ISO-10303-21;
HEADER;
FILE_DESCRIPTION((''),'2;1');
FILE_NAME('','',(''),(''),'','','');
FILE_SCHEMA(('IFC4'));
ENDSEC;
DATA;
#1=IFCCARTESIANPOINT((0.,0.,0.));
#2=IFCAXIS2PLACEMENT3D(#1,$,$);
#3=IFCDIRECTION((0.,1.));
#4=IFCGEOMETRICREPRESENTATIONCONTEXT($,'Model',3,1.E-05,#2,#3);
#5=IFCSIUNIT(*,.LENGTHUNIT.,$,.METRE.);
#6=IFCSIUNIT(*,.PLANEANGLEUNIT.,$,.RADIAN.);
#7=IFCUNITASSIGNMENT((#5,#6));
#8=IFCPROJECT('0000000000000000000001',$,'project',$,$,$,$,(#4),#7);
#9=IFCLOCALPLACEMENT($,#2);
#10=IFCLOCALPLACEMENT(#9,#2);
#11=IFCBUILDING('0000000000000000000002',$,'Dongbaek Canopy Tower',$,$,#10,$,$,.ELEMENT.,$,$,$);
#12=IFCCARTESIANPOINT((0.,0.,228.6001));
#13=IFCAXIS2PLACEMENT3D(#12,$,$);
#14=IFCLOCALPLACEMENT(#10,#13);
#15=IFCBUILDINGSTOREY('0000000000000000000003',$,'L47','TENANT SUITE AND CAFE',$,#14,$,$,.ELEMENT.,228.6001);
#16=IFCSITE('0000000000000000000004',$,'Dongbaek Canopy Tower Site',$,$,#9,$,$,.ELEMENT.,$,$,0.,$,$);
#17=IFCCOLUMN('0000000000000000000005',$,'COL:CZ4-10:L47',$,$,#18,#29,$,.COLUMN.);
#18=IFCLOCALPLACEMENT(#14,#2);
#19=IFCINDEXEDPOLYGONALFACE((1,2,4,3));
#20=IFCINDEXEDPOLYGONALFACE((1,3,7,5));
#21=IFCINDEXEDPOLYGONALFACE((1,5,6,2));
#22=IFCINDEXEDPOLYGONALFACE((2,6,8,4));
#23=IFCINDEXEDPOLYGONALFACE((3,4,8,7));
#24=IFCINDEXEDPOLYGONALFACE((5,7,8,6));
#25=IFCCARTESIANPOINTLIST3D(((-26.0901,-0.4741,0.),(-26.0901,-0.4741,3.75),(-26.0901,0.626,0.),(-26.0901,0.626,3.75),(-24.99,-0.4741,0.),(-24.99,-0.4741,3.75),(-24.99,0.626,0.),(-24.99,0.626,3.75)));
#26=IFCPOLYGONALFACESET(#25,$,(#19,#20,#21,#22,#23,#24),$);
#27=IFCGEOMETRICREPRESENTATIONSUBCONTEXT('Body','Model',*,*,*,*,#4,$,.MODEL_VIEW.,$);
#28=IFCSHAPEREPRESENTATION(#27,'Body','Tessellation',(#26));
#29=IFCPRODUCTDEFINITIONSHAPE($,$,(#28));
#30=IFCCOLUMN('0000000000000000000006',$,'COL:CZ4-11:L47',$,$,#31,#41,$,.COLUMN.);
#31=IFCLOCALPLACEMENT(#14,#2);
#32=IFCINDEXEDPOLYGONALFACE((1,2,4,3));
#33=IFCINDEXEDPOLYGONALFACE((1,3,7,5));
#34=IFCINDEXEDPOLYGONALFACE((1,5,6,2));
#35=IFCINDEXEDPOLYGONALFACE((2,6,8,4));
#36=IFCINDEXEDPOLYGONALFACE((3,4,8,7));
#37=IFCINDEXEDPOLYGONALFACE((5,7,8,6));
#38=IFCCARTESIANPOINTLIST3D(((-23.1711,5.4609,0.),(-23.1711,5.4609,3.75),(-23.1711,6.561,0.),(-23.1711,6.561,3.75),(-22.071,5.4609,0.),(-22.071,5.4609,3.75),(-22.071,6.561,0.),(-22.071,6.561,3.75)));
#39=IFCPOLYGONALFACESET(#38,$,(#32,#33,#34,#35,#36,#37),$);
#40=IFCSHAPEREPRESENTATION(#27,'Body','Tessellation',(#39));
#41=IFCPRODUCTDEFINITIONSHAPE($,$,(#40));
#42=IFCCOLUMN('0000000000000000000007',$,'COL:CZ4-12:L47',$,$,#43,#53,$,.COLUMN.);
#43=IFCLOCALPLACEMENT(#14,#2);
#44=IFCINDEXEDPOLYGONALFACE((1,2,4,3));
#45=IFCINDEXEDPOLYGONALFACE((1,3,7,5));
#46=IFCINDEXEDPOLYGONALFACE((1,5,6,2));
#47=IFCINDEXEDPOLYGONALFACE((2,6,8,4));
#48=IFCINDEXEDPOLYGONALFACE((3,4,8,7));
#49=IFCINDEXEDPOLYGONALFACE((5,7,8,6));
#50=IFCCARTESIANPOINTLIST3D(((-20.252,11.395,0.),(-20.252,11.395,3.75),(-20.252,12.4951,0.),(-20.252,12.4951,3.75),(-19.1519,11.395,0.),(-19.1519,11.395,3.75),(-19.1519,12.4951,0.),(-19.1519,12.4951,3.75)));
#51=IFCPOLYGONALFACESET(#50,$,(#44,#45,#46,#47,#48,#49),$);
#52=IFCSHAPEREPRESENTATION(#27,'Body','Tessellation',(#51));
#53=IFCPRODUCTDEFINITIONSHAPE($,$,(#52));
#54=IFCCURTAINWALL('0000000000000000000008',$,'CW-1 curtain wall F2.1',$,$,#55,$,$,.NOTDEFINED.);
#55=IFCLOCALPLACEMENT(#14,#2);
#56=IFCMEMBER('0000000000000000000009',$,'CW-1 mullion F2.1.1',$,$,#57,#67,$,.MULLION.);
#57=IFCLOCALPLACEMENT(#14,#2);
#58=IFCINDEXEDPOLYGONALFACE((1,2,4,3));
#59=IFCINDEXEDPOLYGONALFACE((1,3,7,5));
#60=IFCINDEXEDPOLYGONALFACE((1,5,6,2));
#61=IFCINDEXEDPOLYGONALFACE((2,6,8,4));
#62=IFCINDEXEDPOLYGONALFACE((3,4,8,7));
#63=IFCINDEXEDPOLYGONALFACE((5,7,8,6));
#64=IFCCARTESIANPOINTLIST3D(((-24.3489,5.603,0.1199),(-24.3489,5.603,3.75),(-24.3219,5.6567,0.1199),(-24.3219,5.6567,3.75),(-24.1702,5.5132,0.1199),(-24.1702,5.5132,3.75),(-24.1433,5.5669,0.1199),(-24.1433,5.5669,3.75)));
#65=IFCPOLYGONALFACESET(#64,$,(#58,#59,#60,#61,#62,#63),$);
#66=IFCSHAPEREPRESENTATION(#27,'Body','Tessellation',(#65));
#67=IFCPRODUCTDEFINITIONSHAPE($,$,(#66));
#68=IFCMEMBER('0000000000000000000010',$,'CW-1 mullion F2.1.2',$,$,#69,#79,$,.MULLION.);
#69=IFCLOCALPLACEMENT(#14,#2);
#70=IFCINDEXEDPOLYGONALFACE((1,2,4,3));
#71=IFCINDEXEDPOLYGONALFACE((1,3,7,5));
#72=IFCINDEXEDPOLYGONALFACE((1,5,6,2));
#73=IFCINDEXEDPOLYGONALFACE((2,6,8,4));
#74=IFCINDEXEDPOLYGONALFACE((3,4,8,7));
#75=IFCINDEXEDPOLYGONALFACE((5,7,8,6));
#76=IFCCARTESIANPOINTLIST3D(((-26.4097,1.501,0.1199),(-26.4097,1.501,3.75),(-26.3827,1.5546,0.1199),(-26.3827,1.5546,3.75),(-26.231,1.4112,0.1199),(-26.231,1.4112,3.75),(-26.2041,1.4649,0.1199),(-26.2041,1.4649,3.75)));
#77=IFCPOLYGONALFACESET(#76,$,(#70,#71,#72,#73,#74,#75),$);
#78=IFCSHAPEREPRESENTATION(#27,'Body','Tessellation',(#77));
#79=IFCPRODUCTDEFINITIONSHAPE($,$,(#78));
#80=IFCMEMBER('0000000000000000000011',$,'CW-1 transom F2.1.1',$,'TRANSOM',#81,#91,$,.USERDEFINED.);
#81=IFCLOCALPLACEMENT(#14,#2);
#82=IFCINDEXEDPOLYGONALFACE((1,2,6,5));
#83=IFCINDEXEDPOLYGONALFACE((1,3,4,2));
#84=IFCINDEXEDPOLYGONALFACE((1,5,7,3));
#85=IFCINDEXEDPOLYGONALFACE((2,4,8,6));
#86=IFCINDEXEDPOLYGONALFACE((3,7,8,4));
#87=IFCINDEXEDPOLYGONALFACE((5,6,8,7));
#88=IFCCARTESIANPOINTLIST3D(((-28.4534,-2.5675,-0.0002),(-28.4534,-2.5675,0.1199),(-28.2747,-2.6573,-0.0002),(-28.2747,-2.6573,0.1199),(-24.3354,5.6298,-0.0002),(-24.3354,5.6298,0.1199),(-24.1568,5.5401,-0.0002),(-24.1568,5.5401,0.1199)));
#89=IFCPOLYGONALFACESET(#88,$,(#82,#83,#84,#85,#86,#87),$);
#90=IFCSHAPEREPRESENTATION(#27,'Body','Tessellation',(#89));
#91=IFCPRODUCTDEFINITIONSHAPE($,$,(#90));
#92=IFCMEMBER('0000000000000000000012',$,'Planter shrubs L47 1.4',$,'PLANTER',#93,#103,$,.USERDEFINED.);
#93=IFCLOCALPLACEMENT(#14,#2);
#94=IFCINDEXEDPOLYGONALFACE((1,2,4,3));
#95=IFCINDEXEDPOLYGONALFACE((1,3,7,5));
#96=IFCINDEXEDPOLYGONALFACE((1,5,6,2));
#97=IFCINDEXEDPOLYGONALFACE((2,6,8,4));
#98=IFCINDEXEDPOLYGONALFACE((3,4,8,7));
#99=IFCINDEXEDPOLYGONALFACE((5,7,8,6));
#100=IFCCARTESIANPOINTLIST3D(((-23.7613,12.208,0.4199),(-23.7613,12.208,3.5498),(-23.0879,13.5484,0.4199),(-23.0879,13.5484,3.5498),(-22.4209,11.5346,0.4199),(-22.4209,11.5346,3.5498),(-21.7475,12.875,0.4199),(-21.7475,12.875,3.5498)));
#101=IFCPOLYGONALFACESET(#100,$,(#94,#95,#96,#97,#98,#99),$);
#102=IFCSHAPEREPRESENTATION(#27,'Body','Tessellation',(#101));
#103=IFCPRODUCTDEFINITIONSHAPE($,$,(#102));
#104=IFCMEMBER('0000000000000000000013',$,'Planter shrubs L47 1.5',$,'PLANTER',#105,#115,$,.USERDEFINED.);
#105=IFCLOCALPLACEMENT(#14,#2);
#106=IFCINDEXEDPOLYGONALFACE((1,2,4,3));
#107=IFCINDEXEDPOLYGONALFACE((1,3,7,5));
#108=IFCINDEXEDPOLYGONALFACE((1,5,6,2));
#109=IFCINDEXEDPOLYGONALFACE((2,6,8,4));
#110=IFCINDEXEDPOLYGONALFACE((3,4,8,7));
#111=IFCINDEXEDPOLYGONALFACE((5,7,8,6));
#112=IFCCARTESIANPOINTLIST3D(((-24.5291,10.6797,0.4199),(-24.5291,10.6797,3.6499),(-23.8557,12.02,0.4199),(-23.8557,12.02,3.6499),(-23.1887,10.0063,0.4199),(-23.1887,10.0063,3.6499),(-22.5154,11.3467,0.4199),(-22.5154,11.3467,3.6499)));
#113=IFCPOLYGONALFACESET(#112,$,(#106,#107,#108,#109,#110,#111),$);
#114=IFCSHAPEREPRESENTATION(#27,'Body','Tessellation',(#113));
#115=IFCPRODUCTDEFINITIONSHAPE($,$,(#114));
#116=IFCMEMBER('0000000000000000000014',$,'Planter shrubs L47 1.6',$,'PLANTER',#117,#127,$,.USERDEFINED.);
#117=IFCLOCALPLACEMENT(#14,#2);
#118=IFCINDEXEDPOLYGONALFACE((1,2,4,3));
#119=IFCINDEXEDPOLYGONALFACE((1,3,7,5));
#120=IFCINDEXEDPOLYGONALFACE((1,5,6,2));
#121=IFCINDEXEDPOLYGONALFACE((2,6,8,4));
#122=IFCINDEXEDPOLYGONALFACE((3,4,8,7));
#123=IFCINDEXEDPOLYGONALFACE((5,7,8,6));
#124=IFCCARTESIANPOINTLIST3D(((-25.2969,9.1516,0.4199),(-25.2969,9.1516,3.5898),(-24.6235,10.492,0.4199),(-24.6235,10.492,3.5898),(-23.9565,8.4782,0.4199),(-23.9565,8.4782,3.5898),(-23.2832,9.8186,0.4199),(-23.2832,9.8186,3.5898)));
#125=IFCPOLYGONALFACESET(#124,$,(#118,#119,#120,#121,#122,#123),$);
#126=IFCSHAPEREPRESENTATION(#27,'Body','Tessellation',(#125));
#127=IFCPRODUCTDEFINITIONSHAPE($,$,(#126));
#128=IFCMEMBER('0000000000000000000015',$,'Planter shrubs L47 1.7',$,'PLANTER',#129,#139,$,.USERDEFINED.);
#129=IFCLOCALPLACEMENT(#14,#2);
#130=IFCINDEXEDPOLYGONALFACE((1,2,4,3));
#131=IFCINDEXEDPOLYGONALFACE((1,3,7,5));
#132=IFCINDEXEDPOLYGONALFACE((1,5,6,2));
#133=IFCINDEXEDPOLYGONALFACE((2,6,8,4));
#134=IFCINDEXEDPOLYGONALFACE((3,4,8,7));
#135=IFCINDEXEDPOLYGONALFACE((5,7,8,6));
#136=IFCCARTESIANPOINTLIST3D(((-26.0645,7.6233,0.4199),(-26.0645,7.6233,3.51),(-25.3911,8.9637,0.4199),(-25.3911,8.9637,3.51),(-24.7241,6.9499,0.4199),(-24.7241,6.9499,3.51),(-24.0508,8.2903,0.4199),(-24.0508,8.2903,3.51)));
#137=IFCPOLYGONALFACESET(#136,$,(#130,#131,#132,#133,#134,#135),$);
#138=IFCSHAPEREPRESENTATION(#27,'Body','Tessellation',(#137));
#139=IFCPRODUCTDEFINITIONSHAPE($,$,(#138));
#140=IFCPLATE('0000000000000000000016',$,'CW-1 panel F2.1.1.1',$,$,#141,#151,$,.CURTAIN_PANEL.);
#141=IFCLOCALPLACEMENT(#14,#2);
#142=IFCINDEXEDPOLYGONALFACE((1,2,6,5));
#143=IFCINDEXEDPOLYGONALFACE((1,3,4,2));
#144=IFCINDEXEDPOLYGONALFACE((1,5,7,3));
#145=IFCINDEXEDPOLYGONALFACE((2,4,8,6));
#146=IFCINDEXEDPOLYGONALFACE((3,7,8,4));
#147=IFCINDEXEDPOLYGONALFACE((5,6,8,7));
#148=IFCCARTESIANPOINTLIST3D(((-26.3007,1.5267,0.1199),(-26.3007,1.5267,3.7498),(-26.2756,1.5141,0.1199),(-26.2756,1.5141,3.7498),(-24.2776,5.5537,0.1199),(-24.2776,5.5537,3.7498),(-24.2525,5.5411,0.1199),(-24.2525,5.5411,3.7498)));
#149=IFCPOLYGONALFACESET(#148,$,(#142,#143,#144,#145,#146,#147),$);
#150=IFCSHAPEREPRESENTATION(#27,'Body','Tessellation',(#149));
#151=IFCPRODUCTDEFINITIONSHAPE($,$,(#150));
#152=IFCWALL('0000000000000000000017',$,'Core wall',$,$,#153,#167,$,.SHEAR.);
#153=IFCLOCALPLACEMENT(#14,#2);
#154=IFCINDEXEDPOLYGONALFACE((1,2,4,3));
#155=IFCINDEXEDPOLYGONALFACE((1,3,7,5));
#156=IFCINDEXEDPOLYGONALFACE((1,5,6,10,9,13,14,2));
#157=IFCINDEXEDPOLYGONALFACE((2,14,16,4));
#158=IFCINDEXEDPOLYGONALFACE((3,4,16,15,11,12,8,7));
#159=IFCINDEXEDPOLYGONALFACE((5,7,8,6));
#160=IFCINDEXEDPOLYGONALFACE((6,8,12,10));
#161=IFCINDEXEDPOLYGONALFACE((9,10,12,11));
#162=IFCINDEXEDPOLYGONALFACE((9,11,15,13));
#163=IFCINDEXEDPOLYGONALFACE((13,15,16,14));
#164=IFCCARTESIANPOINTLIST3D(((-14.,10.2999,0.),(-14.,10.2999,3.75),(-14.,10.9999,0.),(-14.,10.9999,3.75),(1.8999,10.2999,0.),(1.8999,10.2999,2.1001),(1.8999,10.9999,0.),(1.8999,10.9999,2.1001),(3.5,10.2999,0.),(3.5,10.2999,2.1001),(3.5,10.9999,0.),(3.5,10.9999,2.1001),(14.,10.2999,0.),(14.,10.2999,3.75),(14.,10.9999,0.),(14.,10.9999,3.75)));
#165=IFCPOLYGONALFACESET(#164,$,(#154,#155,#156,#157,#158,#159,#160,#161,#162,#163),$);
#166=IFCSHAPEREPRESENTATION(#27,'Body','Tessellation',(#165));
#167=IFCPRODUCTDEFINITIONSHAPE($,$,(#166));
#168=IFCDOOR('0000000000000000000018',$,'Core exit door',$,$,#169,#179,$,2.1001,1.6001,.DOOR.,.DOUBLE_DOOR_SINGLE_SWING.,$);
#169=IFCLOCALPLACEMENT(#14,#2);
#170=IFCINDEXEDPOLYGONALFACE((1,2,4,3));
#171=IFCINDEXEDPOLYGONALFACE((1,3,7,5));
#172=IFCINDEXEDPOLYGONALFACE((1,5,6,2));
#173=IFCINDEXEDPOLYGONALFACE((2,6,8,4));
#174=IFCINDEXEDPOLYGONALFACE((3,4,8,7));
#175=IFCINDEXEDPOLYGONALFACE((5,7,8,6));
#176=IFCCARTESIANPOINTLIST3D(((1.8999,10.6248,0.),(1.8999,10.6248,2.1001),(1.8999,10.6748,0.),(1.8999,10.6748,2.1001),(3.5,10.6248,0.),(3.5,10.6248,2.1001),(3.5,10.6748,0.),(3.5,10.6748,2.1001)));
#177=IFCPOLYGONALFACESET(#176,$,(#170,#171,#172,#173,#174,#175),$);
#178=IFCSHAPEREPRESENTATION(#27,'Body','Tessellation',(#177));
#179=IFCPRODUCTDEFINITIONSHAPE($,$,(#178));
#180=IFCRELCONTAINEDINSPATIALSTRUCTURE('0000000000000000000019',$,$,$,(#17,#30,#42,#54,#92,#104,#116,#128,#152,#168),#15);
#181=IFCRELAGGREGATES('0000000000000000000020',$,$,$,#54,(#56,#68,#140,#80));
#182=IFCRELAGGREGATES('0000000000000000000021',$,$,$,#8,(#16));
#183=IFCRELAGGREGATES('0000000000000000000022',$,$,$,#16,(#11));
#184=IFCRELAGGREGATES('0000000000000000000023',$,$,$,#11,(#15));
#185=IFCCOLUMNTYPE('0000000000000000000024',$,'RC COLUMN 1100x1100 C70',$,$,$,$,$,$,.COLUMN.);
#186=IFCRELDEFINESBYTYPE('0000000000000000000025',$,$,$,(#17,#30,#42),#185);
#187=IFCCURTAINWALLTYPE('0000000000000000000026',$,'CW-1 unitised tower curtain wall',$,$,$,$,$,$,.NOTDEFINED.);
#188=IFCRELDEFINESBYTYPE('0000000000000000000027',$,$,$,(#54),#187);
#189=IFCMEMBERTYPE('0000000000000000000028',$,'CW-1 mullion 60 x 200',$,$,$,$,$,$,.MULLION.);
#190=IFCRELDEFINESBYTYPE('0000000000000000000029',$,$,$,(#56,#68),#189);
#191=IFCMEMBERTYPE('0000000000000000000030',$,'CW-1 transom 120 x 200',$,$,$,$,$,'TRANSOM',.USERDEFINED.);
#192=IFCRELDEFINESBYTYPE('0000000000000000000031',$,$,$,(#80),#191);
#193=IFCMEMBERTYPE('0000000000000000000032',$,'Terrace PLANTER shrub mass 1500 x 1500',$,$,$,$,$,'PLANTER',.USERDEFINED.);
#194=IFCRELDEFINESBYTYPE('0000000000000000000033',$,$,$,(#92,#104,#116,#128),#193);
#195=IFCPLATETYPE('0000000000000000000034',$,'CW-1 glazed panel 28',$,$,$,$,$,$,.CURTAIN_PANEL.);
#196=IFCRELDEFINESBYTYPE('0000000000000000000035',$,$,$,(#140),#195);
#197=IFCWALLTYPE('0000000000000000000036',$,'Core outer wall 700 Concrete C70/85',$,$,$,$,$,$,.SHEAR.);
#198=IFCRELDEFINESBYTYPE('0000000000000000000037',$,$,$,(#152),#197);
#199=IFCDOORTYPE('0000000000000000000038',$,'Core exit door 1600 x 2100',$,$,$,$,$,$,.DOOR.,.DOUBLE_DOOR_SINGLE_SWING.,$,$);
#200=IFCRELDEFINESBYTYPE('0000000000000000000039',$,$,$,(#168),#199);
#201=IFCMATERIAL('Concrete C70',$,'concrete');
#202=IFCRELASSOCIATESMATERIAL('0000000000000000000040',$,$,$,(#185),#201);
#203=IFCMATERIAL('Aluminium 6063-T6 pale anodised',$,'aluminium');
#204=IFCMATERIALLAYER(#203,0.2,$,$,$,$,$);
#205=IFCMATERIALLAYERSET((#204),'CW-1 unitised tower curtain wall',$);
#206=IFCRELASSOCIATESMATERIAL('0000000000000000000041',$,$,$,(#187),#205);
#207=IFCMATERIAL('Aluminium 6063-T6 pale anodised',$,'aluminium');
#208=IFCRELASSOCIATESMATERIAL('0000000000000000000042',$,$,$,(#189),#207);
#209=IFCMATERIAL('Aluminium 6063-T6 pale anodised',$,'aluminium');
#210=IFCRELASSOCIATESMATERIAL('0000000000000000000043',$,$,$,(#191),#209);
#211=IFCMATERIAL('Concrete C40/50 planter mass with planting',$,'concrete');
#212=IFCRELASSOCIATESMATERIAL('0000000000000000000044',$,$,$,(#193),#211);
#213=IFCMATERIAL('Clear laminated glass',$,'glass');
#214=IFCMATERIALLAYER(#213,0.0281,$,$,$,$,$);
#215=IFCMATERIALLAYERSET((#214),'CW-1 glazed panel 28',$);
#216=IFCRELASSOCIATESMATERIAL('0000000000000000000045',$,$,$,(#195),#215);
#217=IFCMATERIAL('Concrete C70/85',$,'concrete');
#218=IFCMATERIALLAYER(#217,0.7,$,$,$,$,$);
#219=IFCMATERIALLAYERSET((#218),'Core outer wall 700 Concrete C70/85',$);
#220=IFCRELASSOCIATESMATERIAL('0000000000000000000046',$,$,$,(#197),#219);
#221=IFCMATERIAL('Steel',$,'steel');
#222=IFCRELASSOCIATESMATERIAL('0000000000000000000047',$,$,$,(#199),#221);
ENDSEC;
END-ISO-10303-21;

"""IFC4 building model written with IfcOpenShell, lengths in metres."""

from ifc_helpers import new_model, si_unit, direction, frame, frame_2d, origin, origin_2d, place, context, subcontext, project, spatial, rectangle, extrude, material, layer, layer_set, material_profile, profile_set, type_object, element, fill, aggregate, save


model = new_model("IFC4")

# Units and contexts
model_context = context("Model", 3, precision=1e-05, world=origin(), true_north=direction((0.0, 1.0)))
body_context = subcontext(model_context, "Body", "Model", "MODEL_VIEW")
ifc_project = project(units=[si_unit("LENGTHUNIT", "METRE"), si_unit("PLANEANGLEUNIT", "RADIAN")], contexts=[model_context])

# Site, building, storey
site_placement = place(None, origin())
site = spatial("IfcSite", under=ifc_project, at=site_placement, Name="Dongbaek Canopy Tower Site", CompositionType="ELEMENT", RefElevation=0.0)
building_placement = place(site_placement, origin())
building = spatial("IfcBuilding", under=site, at=building_placement, Name="Dongbaek Canopy Tower", CompositionType="ELEMENT")
storey_placement = place(building_placement, frame((0.0, 0.0, 228.6001)))
storey = spatial("IfcBuildingStorey", under=building, at=storey_placement, Name="L47", Description="TENANT SUITE AND CAFE", CompositionType="ELEMENT", Elevation=228.6001)

# Columns
ifc_material_1 = material(Name="Concrete C70", Category="concrete")
ifc_material_profile_1 = material_profile(ifc_material_1, rectangle(XDim=1.1001, YDim=1.1001, at=origin_2d()), Name="RC COLUMN 1100x1100 C70")
ifc_profile_set_1 = profile_set([ifc_material_profile_1], Name="Concrete C70")
column_type = type_object("IfcColumnType", Name="RC COLUMN 1100x1100 C70", PredefinedType="COLUMN", material=ifc_profile_set_1)
for number, where, z_axis, x_axis, name in (
    (1, (-25.54, 0.0759, 0.0), (0.0, 0.0, 1.0), (1.0, 0.0, 0.0), "COL:CZ4-10:L47"),
    (2, (-22.6211, 6.011, 0.0), (0.0, 0.0, 1.0), (1.0, 0.0, 0.0), "COL:CZ4-11:L47"),
    (3, (-19.7019, 11.9451, 0.0), (0.0, 0.0, 1.0), (1.0, 0.0, 0.0), "COL:CZ4-12:L47"),
):
    element("IfcColumn", number, at=place(storey_placement, frame(where, z_axis=z_axis, x_axis=x_axis)), inside=storey, type_object=column_type, Name=name, PredefinedType="COLUMN", context=body_context, shape_type="SweptSolid", body=[
        extrude(rectangle(XDim=1.1001, YDim=1.1001, at=origin_2d()), origin(), (0.0, 0.0, 1.0), 3.75),
    ])

# Curtain wall, members
ifc_material_2 = material(Name="Aluminium 6063-T6 pale anodised", Category="aluminium")
ifc_layer_1 = layer(ifc_material_2, 0.2)
ifc_layer_set_1 = layer_set([ifc_layer_1], Name="CW-1 unitised tower curtain wall")
curtain_wall_type = type_object("IfcCurtainWallType", Name="CW-1 unitised tower curtain wall", PredefinedType="NOTDEFINED", material=ifc_layer_set_1)
curtain_wall_placement = place(storey_placement, origin())
curtain_wall = element("IfcCurtainWall", 4, at=curtain_wall_placement, inside=storey, type_object=curtain_wall_type, Name="CW-1 curtain wall F2.1", PredefinedType="NOTDEFINED")
ifc_material_3 = material(Name="Aluminium 6063-T6 pale anodised", Category="aluminium")
ifc_material_profile_2 = material_profile(ifc_material_3, rectangle(XDim=0.2, YDim=0.0601, at=origin_2d()), Name="CW-1 mullion 60 x 200")
ifc_profile_set_2 = profile_set([ifc_material_profile_2], Name="Aluminium 6063-T6 pale anodised")
member_type_1 = type_object("IfcMemberType", Name="CW-1 mullion 60 x 200", PredefinedType="MULLION", material=ifc_profile_set_2)
member_1_placement = place(storey_placement, frame((-24.2461, 5.585, 0.1199), z_axis=(0.0, 0.0, 1.0), x_axis=(-0.893577, 0.448909, 0.0)))
member_1 = element("IfcMember", 5, at=member_1_placement, type_object=member_type_1, Name="CW-1 mullion F2.1.1", PredefinedType="MULLION", context=body_context, shape_type="SweptSolid", body=[
    extrude(rectangle(XDim=0.2, YDim=0.0601, at=origin_2d()), origin(), (0.0, 0.0, 1.0), 3.6301),
])
member_2_placement = place(storey_placement, frame((-26.3069, 1.4829, 0.1199), z_axis=(0.0, 0.0, 1.0), x_axis=(-0.893577, 0.448909, 0.0)))
member_2 = element("IfcMember", 6, at=member_2_placement, type_object=member_type_1, Name="CW-1 mullion F2.1.2", PredefinedType="MULLION", context=body_context, shape_type="SweptSolid", body=[
    extrude(rectangle(XDim=0.2, YDim=0.0601, at=origin_2d()), origin(), (0.0, 0.0, 1.0), 3.6301),
])
ifc_material_4 = material(Name="Aluminium 6063-T6 pale anodised", Category="aluminium")
ifc_material_profile_3 = material_profile(ifc_material_4, rectangle(XDim=0.2, YDim=0.1201, at=origin_2d()), Name="CW-1 transom 120 x 200")
ifc_profile_set_3 = profile_set([ifc_material_profile_3], Name="Aluminium 6063-T6 pale anodised")
member_type_2 = type_object("IfcMemberType", Name="CW-1 transom 120 x 200", ElementType="TRANSOM", PredefinedType="USERDEFINED", material=ifc_profile_set_3)
member_3_placement = place(storey_placement, frame((-24.2461, 5.585, 0.0598), z_axis=(-0.448895, -0.893585, 0.0), x_axis=(0.893585, -0.448895, 0.0)))
member_3 = element("IfcMember", 7, at=member_3_placement, type_object=member_type_2, Name="CW-1 transom F2.1.1", ObjectType="TRANSOM", PredefinedType="USERDEFINED", context=body_context, shape_type="SweptSolid", body=[
    extrude(rectangle(XDim=0.2, YDim=0.1201, at=origin_2d()), origin(), (0.0, 0.0, 1.0), 9.1736),
])

# Members
ifc_material_5 = material(Name="Concrete C40/50 planter mass with planting", Category="concrete")
ifc_material_profile_4 = material_profile(ifc_material_5, rectangle(XDim=1.5, YDim=1.5, at=origin_2d()), Name="Terrace PLANTER shrub mass 1500 x 1500")
ifc_profile_set_4 = profile_set([ifc_material_profile_4], Name="Concrete C40/50 planter mass with planting")
member_type_3 = type_object("IfcMemberType", Name="Terrace PLANTER shrub mass 1500 x 1500", ElementType="PLANTER", PredefinedType="USERDEFINED", material=ifc_profile_set_4)
member_4_placement = place(storey_placement, frame((-22.7544, 12.5415, 0.4199), z_axis=(0.0, 0.0, 1.0), x_axis=(-0.893577, 0.448909, 0.0)))
element("IfcMember", 8, at=member_4_placement, inside=storey, type_object=member_type_3, Name="Planter shrubs L47 1.4", ObjectType="PLANTER", PredefinedType="USERDEFINED", context=body_context, shape_type="SweptSolid", body=[
    extrude(rectangle(XDim=1.5, YDim=1.5, at=origin_2d()), origin(), (0.0, 0.0, 1.0), 3.1299),
])
member_5_placement = place(storey_placement, frame((-23.5222, 11.0132, 0.4199), z_axis=(0.0, 0.0, 1.0), x_axis=(-0.893577, 0.448909, 0.0)))
element("IfcMember", 9, at=member_5_placement, inside=storey, type_object=member_type_3, Name="Planter shrubs L47 1.5", ObjectType="PLANTER", PredefinedType="USERDEFINED", context=body_context, shape_type="SweptSolid", body=[
    extrude(rectangle(XDim=1.5, YDim=1.5, at=origin_2d()), origin(), (0.0, 0.0, 1.0), 3.23),
])
member_6_placement = place(storey_placement, frame((-24.29, 9.4851, 0.4199), z_axis=(0.0, 0.0, 1.0), x_axis=(-0.893577, 0.448909, 0.0)))
element("IfcMember", 10, at=member_6_placement, inside=storey, type_object=member_type_3, Name="Planter shrubs L47 1.6", ObjectType="PLANTER", PredefinedType="USERDEFINED", context=body_context, shape_type="SweptSolid", body=[
    extrude(rectangle(XDim=1.5, YDim=1.5, at=origin_2d()), origin(), (0.0, 0.0, 1.0), 3.1699),
])
member_7_placement = place(storey_placement, frame((-25.0576, 7.9568, 0.4199), z_axis=(0.0, 0.0, 1.0), x_axis=(-0.893577, 0.448909, 0.0)))
element("IfcMember", 11, at=member_7_placement, inside=storey, type_object=member_type_3, Name="Planter shrubs L47 1.7", ObjectType="PLANTER", PredefinedType="USERDEFINED", context=body_context, shape_type="SweptSolid", body=[
    extrude(rectangle(XDim=1.5, YDim=1.5, at=origin_2d()), origin(), (0.0, 0.0, 1.0), 3.0901),
])

# Plate
ifc_material_6 = material(Name="Clear laminated glass", Category="glass")
ifc_layer_2 = layer(ifc_material_6, 0.0281)
ifc_layer_set_2 = layer_set([ifc_layer_2], Name="CW-1 glazed panel 28")
plate_type = type_object("IfcPlateType", Name="CW-1 glazed panel 28", PredefinedType="CURTAIN_PANEL", material=ifc_layer_set_2)
plate_placement = place(storey_placement, frame((-25.2766, 3.5339, 0.1199), z_axis=(0.0, 0.0, 1.0), x_axis=(-0.448909, -0.893577, 0.0)))
plate = element("IfcPlate", 12, at=plate_placement, type_object=plate_type, Name="CW-1 panel F2.1.1.1", PredefinedType="CURTAIN_PANEL", context=body_context, shape_type="SweptSolid", body=[
    extrude(rectangle(XDim=4.5066, YDim=0.0281, at=origin_2d()), origin(), (0.0, 0.0, 1.0), 3.6299),
])

# Wall, opening, door
ifc_material_7 = material(Name="Concrete C70/85", Category="concrete")
ifc_layer_3 = layer(ifc_material_7, 0.7)
ifc_layer_set_3 = layer_set([ifc_layer_3], Name="Core outer wall 700 Concrete C70/85")
wall_type_1 = type_object("IfcWallType", Name="Core outer wall 700 Concrete C70/85", PredefinedType="SHEAR", material=ifc_layer_set_3)
wall_1_placement = place(storey_placement, frame((-14.0, 10.6499, 0.0), z_axis=(0.0, 0.0, 1.0), x_axis=(1.0, 0.0, 0.0)))
wall_1 = element("IfcWall", 13, at=wall_1_placement, inside=storey, type_object=wall_type_1, Name="Core wall", PredefinedType="SHEAR", context=body_context, shape_type="SweptSolid", body=[
    extrude(rectangle(XDim=28.0, YDim=0.7, at=frame_2d((14.0, 0.0))), origin(), (0.0, 0.0, 1.0), 3.75),
])
opening_placement = place(wall_1_placement, frame((15.8999, 0.0, 0.0)))
opening = element("IfcOpeningElement", 14, at=opening_placement, cuts=wall_1, PredefinedType="OPENING", context=body_context, shape_type="SweptSolid", body=[
    extrude(rectangle(XDim=1.6001, YDim=2.1001, at=frame_2d((0.8, 1.05))), frame((0.0, 0.3599, 0.0), z_axis=(0.0, -1.0, 0.0), x_axis=(1.0, 0.0, 0.0)), (0.0, 0.0, 1.0), 0.72),
])
ifc_material_8 = material(Name="Steel", Category="steel")
door_type = type_object("IfcDoorType", Name="Core exit door 1600 x 2100", OperationType="DOUBLE_DOOR_SINGLE_SWING", PredefinedType="DOOR", material=ifc_material_8)
door_placement = place(opening_placement, origin())
door = element("IfcDoor", 15, at=door_placement, inside=storey, type_object=door_type, Name="Core exit door", OperationType="DOUBLE_DOOR_SINGLE_SWING", OverallHeight=2.1001, OverallWidth=1.6001, PredefinedType="DOOR", context=body_context, shape_type="SweptSolid", body=[
    extrude(rectangle(XDim=1.6001, YDim=2.1001, at=frame_2d((0.8, 1.05))), frame((0.0, 0.0249, 0.0), z_axis=(0.0, -1.0, 0.0), x_axis=(1.0, 0.0, 0.0)), (0.0, 0.0, 1.0), 0.05),
])
fill(opening, door)

aggregate(curtain_wall, [member_1, member_2, plate, member_3])

save(model, "model.ifc")
